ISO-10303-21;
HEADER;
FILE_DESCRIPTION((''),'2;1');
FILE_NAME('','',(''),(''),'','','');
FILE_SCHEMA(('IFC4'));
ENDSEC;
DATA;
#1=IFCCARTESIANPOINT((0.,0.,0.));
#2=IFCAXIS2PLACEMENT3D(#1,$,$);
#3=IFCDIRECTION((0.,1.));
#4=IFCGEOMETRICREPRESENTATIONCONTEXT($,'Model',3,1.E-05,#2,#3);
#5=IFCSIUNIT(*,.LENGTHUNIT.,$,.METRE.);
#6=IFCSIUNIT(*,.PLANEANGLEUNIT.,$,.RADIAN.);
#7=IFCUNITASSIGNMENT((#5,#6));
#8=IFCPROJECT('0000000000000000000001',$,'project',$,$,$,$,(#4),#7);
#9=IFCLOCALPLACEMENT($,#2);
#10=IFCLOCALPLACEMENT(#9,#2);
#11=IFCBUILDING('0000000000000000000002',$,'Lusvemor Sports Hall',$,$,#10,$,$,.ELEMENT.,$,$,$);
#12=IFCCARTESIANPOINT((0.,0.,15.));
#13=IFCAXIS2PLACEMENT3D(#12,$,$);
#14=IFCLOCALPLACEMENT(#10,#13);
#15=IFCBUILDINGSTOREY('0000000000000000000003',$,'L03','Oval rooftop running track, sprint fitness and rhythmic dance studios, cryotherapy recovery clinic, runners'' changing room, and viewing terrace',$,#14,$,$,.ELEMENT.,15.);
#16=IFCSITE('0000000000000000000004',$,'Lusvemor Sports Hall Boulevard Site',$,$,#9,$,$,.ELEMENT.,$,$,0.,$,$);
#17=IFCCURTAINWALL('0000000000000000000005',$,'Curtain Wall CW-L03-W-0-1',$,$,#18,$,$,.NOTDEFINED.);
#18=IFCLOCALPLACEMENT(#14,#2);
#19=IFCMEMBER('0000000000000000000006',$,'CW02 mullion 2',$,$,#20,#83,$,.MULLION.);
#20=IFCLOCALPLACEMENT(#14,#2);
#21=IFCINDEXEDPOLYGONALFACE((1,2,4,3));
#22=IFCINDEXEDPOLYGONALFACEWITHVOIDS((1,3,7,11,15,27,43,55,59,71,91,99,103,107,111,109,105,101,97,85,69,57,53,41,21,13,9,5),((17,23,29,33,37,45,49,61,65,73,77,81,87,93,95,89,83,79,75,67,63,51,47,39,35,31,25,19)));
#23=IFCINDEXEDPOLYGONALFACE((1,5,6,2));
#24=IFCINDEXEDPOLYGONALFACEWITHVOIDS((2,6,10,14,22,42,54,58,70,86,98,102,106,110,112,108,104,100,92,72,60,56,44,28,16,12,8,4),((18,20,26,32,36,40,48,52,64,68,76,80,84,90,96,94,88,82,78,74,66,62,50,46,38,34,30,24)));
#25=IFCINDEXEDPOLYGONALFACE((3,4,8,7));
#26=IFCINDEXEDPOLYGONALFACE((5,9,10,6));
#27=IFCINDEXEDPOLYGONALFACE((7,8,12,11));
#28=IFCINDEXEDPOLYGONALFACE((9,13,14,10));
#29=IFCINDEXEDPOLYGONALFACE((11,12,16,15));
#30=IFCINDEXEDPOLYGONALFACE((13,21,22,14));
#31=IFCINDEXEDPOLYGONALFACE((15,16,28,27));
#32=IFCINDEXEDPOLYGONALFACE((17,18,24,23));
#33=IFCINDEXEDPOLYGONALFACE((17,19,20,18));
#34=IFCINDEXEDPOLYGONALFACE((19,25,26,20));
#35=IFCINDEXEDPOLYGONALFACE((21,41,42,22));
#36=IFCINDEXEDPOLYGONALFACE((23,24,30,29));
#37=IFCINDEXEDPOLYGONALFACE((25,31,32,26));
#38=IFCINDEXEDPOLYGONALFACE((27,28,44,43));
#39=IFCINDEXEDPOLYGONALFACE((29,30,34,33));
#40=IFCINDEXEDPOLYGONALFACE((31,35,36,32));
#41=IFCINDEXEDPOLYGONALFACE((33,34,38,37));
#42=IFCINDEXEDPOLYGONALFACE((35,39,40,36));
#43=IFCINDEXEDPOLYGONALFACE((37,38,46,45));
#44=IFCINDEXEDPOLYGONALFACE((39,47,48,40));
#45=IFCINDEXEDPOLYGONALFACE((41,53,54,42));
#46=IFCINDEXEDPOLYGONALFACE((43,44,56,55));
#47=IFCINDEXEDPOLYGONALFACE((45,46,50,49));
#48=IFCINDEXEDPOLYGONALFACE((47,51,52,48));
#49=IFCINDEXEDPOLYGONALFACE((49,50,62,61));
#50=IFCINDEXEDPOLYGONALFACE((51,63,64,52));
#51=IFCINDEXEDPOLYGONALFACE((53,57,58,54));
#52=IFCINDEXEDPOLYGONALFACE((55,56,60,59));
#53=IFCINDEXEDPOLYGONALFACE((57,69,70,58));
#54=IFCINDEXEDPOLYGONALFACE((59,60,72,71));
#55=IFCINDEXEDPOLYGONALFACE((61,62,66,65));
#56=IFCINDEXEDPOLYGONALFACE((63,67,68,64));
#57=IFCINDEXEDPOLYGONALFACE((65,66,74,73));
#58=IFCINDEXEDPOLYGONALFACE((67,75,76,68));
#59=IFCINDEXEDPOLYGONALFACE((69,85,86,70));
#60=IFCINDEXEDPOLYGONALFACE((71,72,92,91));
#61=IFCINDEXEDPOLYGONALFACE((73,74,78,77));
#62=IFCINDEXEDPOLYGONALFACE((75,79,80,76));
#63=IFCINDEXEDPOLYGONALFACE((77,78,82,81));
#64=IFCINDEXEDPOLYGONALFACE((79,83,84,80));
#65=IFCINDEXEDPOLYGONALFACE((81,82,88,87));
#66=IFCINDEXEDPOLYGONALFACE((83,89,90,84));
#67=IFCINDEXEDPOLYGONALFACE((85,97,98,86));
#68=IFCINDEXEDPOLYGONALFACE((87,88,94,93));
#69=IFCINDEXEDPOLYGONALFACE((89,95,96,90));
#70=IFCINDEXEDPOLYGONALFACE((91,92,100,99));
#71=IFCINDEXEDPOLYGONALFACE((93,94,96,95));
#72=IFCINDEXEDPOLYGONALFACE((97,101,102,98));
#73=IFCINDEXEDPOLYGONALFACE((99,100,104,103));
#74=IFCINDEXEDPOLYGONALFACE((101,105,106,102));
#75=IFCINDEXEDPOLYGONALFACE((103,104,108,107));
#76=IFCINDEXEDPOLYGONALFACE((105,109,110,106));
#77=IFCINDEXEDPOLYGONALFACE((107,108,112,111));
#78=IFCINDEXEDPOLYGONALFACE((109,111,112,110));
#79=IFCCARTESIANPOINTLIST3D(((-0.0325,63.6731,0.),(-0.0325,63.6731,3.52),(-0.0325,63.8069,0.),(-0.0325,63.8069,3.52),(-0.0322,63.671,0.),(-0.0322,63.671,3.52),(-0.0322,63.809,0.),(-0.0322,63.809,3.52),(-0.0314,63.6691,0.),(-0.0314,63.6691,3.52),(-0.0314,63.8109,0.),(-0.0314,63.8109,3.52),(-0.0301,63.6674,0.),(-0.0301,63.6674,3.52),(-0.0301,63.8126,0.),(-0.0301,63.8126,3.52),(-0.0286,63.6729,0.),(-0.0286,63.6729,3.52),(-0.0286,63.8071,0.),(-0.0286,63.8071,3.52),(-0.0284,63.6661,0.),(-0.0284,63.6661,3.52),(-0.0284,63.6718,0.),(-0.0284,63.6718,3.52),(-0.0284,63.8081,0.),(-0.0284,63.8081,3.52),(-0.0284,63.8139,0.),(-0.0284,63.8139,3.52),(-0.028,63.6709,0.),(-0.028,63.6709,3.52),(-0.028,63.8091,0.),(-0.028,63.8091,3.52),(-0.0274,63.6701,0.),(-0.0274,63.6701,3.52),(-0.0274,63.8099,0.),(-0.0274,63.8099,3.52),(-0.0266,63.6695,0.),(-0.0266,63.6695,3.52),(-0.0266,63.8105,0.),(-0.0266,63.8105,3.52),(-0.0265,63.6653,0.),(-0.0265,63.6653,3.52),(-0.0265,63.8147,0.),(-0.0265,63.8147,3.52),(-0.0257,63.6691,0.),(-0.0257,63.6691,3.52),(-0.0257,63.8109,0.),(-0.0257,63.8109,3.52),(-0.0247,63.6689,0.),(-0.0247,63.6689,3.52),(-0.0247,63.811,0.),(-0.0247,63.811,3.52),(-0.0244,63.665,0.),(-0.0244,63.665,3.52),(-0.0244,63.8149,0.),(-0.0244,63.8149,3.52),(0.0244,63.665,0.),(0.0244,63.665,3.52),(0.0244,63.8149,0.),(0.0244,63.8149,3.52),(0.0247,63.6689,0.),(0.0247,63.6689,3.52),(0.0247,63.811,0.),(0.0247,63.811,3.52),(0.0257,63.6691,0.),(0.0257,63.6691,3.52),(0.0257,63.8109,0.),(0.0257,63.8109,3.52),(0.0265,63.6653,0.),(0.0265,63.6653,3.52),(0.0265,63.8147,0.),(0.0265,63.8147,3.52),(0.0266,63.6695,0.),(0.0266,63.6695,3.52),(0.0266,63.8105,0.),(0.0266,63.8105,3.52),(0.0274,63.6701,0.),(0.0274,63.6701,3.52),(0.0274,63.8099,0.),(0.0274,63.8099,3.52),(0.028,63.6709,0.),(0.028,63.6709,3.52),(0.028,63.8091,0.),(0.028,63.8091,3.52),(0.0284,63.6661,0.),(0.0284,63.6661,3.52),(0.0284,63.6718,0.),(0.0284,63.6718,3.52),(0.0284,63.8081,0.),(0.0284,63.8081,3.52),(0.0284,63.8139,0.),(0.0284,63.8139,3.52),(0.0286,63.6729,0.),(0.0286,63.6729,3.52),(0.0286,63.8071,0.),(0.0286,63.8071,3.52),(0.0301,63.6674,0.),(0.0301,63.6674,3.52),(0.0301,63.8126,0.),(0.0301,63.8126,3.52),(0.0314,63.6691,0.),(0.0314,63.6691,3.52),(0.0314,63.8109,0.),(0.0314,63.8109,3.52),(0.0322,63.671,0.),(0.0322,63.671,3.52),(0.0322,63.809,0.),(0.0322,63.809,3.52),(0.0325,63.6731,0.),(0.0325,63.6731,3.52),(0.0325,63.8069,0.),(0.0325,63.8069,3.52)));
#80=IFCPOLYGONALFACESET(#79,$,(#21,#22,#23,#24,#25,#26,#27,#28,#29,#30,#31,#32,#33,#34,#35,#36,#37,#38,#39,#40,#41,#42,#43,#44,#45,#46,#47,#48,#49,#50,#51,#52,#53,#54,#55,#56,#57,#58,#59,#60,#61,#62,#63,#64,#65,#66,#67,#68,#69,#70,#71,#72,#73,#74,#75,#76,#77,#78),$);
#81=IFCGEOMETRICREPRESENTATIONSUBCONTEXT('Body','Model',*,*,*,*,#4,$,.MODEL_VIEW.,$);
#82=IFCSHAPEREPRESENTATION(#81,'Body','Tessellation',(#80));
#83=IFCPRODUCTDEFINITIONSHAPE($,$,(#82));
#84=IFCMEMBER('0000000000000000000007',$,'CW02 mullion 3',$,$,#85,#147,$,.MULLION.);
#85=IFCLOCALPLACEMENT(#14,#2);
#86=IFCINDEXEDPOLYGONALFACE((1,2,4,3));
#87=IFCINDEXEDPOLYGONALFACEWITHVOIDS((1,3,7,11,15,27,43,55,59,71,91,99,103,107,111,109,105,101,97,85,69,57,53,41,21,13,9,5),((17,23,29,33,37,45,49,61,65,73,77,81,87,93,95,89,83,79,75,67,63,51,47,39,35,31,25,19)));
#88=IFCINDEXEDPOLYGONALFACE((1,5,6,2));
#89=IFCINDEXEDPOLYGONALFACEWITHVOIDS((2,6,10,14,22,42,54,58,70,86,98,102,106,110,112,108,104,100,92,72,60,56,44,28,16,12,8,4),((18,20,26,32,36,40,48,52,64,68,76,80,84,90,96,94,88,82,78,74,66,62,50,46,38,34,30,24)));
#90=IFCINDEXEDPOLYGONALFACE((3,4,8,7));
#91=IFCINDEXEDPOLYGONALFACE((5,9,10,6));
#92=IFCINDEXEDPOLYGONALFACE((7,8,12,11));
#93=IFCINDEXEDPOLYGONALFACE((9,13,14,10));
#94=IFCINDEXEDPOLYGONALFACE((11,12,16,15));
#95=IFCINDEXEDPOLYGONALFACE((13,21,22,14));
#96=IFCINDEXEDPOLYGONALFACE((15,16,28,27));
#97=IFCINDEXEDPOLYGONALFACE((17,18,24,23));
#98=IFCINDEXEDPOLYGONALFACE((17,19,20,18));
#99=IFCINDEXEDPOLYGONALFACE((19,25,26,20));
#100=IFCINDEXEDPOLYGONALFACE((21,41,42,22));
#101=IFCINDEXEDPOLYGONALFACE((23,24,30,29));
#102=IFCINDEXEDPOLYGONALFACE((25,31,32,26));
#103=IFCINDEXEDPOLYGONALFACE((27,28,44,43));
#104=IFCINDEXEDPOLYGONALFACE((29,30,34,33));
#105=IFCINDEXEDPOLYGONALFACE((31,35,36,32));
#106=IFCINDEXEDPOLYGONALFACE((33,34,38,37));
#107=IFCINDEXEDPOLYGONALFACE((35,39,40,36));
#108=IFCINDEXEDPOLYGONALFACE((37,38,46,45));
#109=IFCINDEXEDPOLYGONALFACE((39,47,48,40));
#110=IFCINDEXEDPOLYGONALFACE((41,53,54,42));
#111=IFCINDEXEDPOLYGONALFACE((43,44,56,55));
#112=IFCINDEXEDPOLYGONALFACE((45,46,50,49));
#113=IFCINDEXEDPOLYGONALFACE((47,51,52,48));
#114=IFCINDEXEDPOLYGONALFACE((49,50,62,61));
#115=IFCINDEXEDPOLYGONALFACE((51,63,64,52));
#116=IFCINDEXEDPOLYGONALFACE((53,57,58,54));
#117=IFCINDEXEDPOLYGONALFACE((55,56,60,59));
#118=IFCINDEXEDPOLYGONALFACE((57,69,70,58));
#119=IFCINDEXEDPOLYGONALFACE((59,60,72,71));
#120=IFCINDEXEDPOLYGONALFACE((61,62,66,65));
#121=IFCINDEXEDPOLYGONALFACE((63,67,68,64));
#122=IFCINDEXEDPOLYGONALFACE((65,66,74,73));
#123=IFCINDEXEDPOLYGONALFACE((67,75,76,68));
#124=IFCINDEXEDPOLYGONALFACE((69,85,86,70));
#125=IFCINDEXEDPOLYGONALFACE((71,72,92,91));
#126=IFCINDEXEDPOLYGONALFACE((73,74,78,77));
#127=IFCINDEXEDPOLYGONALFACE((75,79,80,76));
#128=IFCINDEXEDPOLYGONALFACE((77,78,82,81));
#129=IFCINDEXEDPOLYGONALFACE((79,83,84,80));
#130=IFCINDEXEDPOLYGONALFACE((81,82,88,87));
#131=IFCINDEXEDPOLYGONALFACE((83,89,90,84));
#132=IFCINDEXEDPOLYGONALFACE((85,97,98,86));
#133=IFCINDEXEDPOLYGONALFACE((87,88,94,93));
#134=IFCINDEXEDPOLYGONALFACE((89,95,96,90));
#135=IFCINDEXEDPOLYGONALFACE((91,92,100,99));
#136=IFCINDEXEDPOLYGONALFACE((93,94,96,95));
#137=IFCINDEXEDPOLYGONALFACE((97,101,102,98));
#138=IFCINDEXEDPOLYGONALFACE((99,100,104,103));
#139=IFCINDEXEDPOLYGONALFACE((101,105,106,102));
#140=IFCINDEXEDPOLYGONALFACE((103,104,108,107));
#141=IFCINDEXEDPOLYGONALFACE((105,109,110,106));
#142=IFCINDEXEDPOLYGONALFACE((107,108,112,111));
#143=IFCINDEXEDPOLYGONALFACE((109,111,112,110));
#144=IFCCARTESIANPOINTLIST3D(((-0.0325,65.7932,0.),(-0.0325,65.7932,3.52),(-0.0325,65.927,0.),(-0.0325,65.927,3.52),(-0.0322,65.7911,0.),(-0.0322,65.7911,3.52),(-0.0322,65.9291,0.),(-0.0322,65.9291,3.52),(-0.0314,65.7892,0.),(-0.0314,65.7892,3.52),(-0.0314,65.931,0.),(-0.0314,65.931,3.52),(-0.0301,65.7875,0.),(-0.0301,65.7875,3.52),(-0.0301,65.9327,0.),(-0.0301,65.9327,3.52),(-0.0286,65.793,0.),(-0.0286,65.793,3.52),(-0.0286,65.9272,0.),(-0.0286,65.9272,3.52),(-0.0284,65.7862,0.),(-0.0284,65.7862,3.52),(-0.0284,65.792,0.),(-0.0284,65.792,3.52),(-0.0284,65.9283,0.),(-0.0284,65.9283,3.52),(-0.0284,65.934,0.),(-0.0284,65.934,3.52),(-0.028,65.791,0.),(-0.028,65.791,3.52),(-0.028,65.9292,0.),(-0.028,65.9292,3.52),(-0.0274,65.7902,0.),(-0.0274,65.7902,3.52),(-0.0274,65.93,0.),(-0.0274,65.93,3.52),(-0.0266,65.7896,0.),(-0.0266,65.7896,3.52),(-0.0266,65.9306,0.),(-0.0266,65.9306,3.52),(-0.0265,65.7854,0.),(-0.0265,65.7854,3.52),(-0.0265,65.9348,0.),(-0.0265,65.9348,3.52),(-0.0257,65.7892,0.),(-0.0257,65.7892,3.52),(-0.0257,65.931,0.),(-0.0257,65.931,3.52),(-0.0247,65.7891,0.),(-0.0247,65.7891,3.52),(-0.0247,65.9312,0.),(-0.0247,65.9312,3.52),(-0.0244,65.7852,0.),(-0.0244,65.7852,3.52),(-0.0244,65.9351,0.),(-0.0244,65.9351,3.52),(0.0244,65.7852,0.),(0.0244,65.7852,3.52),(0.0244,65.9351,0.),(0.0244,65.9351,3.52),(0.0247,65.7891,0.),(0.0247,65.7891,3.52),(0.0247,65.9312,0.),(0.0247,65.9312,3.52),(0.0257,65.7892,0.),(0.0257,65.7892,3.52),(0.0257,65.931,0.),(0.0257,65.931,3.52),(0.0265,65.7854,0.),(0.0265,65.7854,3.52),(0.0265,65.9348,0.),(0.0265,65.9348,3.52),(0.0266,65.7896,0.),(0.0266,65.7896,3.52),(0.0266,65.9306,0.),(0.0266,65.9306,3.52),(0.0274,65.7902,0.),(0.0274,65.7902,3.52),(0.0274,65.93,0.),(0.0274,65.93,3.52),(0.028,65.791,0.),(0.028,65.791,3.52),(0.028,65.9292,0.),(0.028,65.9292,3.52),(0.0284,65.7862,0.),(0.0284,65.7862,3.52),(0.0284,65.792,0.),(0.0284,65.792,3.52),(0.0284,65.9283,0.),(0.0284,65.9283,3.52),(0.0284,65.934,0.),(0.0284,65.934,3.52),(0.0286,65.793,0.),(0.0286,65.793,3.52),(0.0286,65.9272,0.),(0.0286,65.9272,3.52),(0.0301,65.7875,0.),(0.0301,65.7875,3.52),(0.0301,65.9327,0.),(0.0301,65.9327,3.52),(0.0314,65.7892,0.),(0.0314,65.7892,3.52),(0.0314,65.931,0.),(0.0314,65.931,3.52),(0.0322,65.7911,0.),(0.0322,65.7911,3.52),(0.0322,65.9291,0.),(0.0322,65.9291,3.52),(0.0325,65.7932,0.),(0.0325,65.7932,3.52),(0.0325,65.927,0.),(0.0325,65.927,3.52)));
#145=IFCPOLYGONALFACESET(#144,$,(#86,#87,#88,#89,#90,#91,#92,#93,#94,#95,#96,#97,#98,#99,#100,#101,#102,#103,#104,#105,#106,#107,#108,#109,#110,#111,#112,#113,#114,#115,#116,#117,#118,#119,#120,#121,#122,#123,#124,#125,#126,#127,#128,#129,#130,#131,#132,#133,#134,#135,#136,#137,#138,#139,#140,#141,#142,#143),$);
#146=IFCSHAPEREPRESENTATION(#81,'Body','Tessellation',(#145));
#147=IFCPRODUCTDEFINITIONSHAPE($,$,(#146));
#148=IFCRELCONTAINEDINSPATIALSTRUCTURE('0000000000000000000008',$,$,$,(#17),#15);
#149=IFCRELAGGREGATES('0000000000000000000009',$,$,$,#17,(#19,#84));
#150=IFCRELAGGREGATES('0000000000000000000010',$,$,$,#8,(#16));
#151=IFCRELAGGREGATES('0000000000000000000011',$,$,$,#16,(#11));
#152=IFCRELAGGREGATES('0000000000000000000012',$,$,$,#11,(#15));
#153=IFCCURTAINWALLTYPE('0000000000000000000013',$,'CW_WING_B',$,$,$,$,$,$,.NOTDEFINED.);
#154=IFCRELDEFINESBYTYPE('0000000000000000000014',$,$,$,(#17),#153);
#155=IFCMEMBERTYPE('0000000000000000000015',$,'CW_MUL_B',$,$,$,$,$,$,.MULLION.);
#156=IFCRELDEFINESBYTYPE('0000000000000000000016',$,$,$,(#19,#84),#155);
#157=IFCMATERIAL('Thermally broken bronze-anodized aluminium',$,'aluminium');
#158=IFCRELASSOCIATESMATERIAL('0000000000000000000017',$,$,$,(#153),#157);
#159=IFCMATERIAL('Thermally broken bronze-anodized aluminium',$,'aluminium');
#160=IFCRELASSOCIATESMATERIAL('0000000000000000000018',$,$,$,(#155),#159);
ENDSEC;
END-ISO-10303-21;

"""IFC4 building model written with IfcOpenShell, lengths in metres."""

from ifc_helpers import new_model, si_unit, direction, frame, origin, origin_2d, place, context, subcontext, project, spatial, hollow_rectangle, extrude, material, material_profile, profile_set, type_object, element, aggregate, save


model = new_model("IFC4")

# Units and contexts
model_context = context("Model", 3, precision=1e-05, world=origin(), true_north=direction((0.0, 1.0)))
body_context = subcontext(model_context, "Body", "Model", "MODEL_VIEW")
ifc_project = project(units=[si_unit("LENGTHUNIT", "METRE"), si_unit("PLANEANGLEUNIT", "RADIAN")], contexts=[model_context])

# Site, building, storey
site_placement = place(None, origin())
site = spatial("IfcSite", under=ifc_project, at=site_placement, Name="Lusvemor Sports Hall Boulevard Site", CompositionType="ELEMENT", RefElevation=0.0)
building_placement = place(site_placement, origin())
building = spatial("IfcBuilding", under=site, at=building_placement, Name="Lusvemor Sports Hall", CompositionType="ELEMENT")
storey_placement = place(building_placement, frame((0.0, 0.0, 15.0)))
storey = spatial("IfcBuildingStorey", under=building, at=storey_placement, Name="L03", Description="Oval rooftop running track, sprint fitness and rhythmic dance studios, cryotherapy recovery clinic, runners' changing room, and viewing terrace", CompositionType="ELEMENT", Elevation=15.0)

# Curtain wall, members
ifc_material_1 = material(Name="Thermally broken bronze-anodized aluminium", Category="aluminium")
curtain_wall_type_1 = type_object("IfcCurtainWallType", Name="CW_WING_B", PredefinedType="NOTDEFINED", material=ifc_material_1)
curtain_wall_1_placement = place(storey_placement, origin())
curtain_wall_1 = element("IfcCurtainWall", 1, at=curtain_wall_1_placement, inside=storey, type_object=curtain_wall_type_1, Name="Curtain Wall CW-L03-W-0-1", PredefinedType="NOTDEFINED")
ifc_material_2 = material(Name="Thermally broken bronze-anodized aluminium", Category="aluminium")
ifc_material_profile_1 = material_profile(ifc_material_2, hollow_rectangle(XDim=0.0649, YDim=0.1499, WallThickness=0.0039, InnerFilletRadius=0.0039, OuterFilletRadius=0.0081, at=origin_2d()), Name="CWMUL150x65x4")
ifc_profile_set_1 = profile_set([ifc_material_profile_1], Name="Thermally broken bronze-anodized aluminium")
member_type_1 = type_object("IfcMemberType", Name="CW_MUL_B", PredefinedType="MULLION", material=ifc_profile_set_1)
member_1_placement = place(storey_placement, frame((0.0, 63.74, 0.0), z_axis=(0.0, 0.0, 1.0), x_axis=(-1.0, 0.0, 0.0)))
member_1 = element("IfcMember", 2, at=member_1_placement, type_object=member_type_1, Name="CW02 mullion 2", PredefinedType="MULLION", context=body_context, shape_type="SweptSolid", body=[
    extrude(hollow_rectangle(XDim=0.0649, YDim=0.1499, WallThickness=0.0039, InnerFilletRadius=0.0039, OuterFilletRadius=0.0081, at=origin_2d()), origin(), (0.0, 0.0, 1.0), 3.52),
])
member_2_placement = place(storey_placement, frame((0.0, 65.8601, 0.0), z_axis=(0.0, 0.0, 1.0), x_axis=(-1.0, 0.0, 0.0)))
member_2 = element("IfcMember", 3, at=member_2_placement, type_object=member_type_1, Name="CW02 mullion 3", PredefinedType="MULLION", context=body_context, shape_type="SweptSolid", body=[
    extrude(hollow_rectangle(XDim=0.0649, YDim=0.1499, WallThickness=0.0039, InnerFilletRadius=0.0039, OuterFilletRadius=0.0081, at=origin_2d()), origin(), (0.0, 0.0, 1.0), 3.52),
])

aggregate(curtain_wall_1, [member_1, member_2])

save(model, "model.ifc")
